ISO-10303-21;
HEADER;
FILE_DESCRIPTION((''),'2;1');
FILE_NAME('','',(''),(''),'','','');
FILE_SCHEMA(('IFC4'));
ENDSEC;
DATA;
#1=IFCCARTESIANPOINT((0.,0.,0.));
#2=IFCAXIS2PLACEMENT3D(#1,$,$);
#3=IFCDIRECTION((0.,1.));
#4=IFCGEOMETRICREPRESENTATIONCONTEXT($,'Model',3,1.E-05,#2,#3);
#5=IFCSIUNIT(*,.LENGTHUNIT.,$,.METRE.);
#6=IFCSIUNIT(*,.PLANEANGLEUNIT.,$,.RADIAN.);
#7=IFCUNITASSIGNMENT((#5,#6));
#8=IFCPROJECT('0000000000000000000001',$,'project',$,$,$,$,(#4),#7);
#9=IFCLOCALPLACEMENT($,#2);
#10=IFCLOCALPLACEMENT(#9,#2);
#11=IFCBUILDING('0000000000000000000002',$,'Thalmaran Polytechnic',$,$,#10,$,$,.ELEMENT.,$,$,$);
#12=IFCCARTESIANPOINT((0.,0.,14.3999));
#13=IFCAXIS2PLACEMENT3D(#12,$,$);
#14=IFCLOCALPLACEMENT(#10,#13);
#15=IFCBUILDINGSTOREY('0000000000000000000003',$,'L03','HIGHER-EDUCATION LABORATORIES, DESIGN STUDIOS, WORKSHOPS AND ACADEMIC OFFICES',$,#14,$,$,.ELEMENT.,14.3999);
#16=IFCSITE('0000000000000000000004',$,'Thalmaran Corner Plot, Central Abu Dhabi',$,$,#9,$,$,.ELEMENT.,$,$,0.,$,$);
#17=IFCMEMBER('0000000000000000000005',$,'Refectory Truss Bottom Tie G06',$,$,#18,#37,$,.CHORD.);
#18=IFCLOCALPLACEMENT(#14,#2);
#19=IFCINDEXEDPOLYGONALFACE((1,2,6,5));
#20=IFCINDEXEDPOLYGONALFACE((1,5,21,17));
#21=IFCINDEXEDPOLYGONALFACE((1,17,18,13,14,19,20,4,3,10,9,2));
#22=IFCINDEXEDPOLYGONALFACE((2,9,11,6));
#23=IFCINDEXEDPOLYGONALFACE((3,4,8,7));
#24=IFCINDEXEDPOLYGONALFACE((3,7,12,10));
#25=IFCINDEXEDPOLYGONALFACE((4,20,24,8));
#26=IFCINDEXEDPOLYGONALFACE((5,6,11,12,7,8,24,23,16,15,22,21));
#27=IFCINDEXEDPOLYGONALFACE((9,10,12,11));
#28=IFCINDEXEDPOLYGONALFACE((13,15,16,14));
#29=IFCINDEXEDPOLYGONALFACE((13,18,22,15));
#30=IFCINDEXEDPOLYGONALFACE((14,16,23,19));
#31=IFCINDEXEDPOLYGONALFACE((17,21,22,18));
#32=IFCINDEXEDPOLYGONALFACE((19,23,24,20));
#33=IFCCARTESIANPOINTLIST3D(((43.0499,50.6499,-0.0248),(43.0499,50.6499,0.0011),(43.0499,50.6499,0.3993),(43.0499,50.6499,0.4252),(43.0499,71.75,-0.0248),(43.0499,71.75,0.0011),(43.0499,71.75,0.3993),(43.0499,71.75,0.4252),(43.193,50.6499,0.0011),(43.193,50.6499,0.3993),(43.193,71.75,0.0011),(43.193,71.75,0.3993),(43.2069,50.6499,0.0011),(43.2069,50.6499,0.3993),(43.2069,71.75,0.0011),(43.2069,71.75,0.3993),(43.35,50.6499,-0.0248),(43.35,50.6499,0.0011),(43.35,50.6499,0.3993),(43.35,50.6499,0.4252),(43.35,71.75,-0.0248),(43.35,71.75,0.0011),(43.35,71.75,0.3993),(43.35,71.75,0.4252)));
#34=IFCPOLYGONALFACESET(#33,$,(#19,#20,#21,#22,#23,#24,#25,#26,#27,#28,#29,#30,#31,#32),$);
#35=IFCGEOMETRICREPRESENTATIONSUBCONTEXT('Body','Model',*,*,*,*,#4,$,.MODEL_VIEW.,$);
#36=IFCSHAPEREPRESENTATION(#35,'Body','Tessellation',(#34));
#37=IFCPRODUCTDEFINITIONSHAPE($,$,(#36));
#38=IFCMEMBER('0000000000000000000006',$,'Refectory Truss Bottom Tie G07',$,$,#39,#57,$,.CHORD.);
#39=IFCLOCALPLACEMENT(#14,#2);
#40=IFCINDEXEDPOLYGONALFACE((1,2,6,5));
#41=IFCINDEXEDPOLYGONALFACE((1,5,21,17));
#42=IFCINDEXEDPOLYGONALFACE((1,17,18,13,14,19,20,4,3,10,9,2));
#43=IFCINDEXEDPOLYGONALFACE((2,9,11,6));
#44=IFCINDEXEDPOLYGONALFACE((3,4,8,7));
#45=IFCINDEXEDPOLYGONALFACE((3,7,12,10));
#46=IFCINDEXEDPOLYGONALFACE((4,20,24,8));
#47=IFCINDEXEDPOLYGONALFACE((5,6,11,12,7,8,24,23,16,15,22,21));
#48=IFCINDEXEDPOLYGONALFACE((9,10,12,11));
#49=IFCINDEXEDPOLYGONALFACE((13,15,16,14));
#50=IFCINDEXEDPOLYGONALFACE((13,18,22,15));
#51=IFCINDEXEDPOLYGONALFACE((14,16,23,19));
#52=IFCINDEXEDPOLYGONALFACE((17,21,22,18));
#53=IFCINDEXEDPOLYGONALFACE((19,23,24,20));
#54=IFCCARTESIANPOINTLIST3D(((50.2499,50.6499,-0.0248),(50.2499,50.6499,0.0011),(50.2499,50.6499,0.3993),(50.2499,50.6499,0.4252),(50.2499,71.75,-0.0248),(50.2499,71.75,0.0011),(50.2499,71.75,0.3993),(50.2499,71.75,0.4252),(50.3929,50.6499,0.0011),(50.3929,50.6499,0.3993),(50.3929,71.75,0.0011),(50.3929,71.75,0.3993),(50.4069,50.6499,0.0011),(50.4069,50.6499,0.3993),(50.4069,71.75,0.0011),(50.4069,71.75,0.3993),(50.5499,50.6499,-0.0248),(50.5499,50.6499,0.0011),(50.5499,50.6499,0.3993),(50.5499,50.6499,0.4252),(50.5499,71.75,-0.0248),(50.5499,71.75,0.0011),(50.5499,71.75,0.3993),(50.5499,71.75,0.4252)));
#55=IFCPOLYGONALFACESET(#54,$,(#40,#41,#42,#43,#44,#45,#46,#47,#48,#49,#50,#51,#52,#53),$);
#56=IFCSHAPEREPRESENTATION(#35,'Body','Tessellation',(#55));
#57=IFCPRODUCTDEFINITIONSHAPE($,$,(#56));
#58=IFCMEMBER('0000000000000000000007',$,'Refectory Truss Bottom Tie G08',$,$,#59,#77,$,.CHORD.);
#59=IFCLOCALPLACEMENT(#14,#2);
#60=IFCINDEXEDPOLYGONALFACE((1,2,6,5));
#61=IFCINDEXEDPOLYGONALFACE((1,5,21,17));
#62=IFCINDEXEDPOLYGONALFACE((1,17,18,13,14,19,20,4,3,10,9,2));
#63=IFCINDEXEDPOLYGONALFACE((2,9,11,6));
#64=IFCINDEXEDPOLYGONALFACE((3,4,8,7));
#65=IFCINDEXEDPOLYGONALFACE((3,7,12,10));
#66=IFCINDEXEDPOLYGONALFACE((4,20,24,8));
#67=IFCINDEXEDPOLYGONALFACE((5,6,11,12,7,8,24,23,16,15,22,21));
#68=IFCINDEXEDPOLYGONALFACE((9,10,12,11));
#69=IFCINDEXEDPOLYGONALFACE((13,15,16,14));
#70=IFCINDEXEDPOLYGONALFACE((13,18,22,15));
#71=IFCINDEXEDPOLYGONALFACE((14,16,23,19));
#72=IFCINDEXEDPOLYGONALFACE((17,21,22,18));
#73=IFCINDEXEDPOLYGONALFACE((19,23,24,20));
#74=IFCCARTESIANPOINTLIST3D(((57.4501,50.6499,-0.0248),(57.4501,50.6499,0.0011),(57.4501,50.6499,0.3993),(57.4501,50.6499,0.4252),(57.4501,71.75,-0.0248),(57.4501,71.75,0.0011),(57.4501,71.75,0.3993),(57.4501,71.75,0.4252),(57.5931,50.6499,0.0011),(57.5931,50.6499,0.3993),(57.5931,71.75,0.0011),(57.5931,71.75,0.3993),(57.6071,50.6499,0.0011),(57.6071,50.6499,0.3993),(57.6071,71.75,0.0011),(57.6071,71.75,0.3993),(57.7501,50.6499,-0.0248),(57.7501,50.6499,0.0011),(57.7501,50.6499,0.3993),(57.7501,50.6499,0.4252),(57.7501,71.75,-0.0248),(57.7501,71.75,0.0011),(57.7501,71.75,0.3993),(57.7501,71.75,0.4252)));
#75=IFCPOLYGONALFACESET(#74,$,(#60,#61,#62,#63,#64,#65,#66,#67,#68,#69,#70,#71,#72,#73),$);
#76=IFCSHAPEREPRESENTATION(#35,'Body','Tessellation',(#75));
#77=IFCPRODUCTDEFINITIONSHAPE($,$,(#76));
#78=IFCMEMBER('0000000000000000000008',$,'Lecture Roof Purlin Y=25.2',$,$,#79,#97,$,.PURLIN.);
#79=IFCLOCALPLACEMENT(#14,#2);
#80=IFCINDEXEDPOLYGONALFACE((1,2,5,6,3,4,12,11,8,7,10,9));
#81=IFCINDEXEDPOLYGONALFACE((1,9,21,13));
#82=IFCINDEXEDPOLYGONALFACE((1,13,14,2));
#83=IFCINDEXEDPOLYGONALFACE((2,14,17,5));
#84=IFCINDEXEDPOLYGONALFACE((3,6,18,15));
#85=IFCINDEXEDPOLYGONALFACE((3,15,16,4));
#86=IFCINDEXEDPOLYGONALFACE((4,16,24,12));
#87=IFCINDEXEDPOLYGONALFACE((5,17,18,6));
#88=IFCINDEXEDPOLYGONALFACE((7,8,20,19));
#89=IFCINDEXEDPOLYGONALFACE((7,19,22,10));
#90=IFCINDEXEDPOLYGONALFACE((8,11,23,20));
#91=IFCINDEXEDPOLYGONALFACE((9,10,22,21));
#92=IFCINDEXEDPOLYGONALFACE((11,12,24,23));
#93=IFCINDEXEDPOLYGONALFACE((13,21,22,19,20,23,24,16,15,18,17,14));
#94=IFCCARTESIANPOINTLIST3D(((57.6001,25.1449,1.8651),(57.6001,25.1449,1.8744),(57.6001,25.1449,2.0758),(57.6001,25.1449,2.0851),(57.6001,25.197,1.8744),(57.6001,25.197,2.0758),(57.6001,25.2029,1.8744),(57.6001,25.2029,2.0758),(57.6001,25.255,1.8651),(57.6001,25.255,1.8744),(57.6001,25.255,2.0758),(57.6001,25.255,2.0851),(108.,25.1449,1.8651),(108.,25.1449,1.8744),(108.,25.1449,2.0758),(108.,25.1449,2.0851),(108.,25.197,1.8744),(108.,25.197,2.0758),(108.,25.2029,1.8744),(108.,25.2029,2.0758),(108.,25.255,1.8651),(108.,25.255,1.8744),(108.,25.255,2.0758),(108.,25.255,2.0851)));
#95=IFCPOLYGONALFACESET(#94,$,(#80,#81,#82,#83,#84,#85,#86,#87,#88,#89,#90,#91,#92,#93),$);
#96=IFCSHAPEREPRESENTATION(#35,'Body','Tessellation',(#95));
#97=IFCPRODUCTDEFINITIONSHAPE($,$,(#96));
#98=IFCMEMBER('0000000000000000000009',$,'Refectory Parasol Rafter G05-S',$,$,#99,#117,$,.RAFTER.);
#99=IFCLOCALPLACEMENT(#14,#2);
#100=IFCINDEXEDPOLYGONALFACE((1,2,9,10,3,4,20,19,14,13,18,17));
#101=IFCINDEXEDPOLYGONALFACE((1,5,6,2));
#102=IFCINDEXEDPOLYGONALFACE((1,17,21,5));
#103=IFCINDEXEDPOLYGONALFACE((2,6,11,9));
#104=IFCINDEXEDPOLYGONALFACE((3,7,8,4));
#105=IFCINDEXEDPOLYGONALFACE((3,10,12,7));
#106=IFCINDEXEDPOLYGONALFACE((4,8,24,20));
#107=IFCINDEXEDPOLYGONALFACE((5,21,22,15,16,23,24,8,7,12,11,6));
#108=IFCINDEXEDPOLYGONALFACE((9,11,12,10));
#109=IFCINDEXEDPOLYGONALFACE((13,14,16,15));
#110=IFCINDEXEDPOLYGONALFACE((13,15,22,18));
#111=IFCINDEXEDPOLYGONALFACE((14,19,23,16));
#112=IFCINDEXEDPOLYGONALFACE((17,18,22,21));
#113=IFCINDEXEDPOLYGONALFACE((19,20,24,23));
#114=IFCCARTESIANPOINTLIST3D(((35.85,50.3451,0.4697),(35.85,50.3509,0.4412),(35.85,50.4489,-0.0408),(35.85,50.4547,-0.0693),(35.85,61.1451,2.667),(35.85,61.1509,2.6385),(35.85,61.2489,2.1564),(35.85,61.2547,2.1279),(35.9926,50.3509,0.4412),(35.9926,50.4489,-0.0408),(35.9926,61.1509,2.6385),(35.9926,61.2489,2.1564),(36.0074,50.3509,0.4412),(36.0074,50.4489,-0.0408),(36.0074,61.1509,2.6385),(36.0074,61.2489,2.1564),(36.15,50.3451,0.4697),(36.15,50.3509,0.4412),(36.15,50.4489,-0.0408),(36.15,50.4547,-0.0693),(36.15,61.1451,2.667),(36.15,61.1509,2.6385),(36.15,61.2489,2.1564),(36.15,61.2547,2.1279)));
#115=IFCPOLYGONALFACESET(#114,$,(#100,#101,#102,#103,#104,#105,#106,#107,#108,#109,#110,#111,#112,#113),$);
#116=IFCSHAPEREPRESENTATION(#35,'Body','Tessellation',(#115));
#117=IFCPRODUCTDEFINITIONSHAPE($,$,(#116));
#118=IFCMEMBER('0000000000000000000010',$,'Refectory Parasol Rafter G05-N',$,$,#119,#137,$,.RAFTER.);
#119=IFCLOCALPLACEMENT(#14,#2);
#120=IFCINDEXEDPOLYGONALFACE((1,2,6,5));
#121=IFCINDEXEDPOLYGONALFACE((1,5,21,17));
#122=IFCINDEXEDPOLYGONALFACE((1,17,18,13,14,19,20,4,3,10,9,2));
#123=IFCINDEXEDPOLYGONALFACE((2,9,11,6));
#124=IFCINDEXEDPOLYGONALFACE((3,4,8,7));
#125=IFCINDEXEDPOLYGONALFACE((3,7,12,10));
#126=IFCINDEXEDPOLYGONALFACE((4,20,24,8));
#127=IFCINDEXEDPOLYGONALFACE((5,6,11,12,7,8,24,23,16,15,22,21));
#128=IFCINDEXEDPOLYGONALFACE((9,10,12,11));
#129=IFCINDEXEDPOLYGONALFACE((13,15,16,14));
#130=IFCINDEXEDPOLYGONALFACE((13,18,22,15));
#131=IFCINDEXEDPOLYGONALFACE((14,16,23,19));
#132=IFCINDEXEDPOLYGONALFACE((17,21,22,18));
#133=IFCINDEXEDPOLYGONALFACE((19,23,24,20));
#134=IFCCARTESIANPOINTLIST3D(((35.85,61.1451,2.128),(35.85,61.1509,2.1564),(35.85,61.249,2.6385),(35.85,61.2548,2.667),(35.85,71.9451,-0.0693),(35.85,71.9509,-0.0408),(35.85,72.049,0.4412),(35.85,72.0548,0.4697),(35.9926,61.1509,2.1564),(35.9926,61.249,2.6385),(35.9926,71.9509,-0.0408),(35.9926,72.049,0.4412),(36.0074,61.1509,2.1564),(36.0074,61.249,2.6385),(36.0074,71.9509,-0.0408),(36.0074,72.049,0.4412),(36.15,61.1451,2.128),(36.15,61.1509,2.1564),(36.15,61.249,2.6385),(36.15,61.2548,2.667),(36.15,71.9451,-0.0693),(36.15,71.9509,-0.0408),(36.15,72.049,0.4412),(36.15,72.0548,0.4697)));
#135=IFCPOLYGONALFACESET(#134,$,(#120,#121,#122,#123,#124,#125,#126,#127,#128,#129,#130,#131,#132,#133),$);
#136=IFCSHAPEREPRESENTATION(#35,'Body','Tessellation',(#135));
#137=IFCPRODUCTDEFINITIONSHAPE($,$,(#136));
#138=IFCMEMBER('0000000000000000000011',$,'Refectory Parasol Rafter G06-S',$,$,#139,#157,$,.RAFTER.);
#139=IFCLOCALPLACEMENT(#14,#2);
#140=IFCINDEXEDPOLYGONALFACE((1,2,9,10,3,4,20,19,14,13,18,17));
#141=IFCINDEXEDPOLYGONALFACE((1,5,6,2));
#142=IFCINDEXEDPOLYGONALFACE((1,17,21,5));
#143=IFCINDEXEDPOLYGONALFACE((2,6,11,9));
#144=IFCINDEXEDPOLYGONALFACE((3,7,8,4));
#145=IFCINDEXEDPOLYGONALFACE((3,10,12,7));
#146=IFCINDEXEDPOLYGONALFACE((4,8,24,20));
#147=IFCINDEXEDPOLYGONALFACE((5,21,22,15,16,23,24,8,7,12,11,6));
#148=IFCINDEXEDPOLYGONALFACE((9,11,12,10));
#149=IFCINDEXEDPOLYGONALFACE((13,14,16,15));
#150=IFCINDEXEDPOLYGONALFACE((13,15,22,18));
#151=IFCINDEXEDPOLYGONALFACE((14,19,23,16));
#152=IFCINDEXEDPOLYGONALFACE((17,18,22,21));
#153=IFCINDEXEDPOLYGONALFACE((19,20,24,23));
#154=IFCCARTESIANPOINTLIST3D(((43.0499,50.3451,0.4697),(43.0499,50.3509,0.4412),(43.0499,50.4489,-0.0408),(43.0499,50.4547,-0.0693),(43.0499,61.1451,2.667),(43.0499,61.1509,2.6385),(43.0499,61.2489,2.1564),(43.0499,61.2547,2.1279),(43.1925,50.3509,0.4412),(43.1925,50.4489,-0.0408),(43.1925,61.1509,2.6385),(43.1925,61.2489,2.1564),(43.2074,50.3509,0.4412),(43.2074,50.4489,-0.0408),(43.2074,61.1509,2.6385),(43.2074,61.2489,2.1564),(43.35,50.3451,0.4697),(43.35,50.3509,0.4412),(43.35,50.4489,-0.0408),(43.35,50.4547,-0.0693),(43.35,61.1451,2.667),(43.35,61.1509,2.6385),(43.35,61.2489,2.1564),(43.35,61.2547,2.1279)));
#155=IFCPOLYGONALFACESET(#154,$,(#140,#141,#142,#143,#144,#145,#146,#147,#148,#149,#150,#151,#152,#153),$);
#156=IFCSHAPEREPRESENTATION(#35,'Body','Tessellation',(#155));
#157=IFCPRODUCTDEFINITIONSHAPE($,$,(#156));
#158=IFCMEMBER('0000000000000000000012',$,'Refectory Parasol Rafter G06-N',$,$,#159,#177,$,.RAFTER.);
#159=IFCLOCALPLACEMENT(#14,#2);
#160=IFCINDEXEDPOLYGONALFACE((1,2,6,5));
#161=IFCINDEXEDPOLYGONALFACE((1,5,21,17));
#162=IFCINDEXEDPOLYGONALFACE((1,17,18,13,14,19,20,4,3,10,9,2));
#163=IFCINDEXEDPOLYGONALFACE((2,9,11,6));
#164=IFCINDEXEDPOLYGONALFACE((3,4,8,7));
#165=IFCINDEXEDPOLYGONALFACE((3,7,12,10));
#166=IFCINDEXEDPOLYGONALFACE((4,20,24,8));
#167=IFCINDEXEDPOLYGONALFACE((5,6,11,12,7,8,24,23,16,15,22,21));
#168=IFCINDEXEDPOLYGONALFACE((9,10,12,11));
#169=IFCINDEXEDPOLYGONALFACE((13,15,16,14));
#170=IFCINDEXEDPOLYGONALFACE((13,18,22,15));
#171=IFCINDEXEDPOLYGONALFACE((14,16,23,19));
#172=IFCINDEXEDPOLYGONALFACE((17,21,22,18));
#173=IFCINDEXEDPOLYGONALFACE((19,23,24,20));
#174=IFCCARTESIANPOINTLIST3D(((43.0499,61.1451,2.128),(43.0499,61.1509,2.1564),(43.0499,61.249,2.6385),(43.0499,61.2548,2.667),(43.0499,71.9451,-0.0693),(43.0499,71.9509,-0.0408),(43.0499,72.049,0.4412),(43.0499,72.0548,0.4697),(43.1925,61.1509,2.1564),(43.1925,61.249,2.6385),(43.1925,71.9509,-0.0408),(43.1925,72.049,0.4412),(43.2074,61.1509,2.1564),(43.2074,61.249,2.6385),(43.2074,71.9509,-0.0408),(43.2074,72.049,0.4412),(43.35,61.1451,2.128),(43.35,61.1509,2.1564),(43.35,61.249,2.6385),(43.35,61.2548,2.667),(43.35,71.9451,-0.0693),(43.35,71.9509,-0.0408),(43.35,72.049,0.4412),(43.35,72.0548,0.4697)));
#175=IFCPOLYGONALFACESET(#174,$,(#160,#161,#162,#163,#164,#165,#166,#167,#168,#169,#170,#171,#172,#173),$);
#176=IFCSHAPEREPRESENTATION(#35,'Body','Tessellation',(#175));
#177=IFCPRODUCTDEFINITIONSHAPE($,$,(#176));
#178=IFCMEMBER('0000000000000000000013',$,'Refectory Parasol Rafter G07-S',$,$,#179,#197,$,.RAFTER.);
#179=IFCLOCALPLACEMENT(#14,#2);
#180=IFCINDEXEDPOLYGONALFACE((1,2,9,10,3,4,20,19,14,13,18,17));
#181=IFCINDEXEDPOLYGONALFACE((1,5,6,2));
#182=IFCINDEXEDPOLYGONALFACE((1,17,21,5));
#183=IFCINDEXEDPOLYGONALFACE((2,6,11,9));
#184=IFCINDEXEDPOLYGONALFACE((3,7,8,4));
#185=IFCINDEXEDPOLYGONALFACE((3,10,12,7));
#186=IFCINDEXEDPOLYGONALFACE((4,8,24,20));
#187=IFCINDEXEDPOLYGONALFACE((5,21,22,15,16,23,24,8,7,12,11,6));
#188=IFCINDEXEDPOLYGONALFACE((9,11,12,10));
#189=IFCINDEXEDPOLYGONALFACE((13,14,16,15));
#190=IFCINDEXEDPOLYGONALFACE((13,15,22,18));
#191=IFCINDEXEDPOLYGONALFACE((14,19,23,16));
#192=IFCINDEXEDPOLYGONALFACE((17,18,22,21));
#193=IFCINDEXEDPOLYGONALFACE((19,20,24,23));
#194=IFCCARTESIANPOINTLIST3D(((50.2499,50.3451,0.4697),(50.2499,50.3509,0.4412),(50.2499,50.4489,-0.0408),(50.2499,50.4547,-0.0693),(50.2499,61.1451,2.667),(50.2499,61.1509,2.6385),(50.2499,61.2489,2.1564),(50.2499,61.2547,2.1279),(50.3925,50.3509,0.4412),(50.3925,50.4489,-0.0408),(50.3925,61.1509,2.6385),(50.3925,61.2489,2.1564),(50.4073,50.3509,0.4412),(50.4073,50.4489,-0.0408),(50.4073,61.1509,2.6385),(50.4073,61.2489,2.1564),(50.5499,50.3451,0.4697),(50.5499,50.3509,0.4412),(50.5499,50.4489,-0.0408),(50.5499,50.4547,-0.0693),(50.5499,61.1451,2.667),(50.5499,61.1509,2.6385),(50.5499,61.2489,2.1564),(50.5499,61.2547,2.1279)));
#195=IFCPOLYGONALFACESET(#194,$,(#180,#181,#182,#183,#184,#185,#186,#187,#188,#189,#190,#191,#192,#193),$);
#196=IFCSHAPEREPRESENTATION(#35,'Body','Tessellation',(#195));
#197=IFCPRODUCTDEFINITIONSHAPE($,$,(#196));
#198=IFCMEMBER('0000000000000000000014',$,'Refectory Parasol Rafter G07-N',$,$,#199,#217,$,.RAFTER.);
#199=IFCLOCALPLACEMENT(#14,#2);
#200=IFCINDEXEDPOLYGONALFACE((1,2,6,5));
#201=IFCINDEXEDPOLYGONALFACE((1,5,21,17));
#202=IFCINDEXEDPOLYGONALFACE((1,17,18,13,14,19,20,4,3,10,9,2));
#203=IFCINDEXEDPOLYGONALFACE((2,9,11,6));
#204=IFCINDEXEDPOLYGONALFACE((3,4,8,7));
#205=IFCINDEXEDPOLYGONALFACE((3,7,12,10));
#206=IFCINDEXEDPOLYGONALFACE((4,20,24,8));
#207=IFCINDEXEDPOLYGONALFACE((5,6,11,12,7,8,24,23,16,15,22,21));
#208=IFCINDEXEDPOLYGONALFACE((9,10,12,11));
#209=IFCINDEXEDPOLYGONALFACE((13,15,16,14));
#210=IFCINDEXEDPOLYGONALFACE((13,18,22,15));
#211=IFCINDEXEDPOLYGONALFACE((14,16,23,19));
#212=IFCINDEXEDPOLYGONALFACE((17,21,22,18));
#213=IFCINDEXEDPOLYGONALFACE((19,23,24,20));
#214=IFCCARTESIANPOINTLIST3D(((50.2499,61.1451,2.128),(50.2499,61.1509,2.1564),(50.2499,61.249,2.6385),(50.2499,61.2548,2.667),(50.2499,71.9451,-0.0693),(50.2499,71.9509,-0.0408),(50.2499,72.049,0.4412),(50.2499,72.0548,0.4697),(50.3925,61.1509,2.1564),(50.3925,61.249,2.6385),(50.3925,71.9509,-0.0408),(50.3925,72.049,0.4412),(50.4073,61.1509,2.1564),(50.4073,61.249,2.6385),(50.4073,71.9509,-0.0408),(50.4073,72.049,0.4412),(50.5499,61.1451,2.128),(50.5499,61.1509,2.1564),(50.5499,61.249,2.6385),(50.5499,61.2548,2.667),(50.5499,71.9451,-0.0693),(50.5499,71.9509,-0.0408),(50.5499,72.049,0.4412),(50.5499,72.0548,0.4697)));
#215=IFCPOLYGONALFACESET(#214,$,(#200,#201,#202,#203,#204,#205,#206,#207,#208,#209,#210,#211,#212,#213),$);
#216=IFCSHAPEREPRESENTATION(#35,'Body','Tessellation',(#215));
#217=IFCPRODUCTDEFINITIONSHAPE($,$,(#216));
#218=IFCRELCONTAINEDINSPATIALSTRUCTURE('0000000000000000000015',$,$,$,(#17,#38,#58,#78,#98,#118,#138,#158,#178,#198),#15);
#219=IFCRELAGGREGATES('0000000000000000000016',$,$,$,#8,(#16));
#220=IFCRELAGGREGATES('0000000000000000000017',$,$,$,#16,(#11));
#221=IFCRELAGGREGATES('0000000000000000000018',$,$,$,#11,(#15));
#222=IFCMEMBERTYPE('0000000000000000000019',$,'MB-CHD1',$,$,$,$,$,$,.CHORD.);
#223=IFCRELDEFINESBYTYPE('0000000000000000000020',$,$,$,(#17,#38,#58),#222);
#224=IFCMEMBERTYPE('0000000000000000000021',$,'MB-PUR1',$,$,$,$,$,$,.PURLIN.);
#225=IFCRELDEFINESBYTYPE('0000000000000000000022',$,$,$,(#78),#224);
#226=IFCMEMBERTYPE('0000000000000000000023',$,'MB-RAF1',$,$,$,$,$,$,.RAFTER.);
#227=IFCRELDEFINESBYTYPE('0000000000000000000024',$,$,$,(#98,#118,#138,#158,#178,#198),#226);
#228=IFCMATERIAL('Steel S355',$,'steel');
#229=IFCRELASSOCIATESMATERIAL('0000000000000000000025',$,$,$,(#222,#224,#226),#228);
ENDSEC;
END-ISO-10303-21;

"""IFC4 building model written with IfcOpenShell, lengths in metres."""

from ifc_helpers import new_model, si_unit, direction, frame, origin, origin_2d, place, context, subcontext, project, spatial, i_section, extrude, material, material_profile, profile_set, type_object, element, save


model = new_model("IFC4")

# Units and contexts
model_context = context("Model", 3, precision=1e-05, world=origin(), true_north=direction((0.0, 1.0)))
body_context = subcontext(model_context, "Body", "Model", "MODEL_VIEW")
ifc_project = project(units=[si_unit("LENGTHUNIT", "METRE"), si_unit("PLANEANGLEUNIT", "RADIAN")], contexts=[model_context])

# Site, building, storey
site_placement = place(None, origin())
site = spatial("IfcSite", under=ifc_project, at=site_placement, Name="Thalmaran Corner Plot, Central Abu Dhabi", CompositionType="ELEMENT", RefElevation=0.0)
building_placement = place(site_placement, origin())
building = spatial("IfcBuilding", under=site, at=building_placement, Name="Thalmaran Polytechnic", CompositionType="ELEMENT")
storey_placement = place(building_placement, frame((0.0, 0.0, 14.3999)))
storey = spatial("IfcBuildingStorey", under=building, at=storey_placement, Name="L03", Description="HIGHER-EDUCATION LABORATORIES, DESIGN STUDIOS, WORKSHOPS AND ACADEMIC OFFICES", CompositionType="ELEMENT", Elevation=14.3999)

# Shared definitions
ifc_material_1 = material(Name="Steel S355", Category="steel")

# Members
ifc_material_profile_1 = material_profile(ifc_material_1, i_section(OverallWidth=0.3, OverallDepth=0.45, WebThickness=0.0139, FlangeThickness=0.0259, at=origin_2d()), Name="HEB 450")
ifc_profile_set_1 = profile_set([ifc_material_profile_1], Name="Steel S355")
member_type_1 = type_object("IfcMemberType", Name="MB-CHD1", PredefinedType="CHORD", material=ifc_profile_set_1)
for number, where, z_axis, x_axis, name in (
    (1, (43.2, 50.6499, 0.2002), (0.0, 1.0, 0.0), (-1.0, 0.0, 0.0), "Refectory Truss Bottom Tie G06"),
    (2, (50.3999, 50.6499, 0.2002), (0.0, 1.0, 0.0), (-1.0, 0.0, 0.0), "Refectory Truss Bottom Tie G07"),
    (3, (57.6001, 50.6499, 0.2002), (0.0, 1.0, 0.0), (-1.0, 0.0, 0.0), "Refectory Truss Bottom Tie G08"),
):
    element("IfcMember", number, at=place(storey_placement, frame(where, z_axis=z_axis, x_axis=x_axis)), inside=storey, type_object=member_type_1, Name=name, PredefinedType="CHORD", context=body_context, shape_type="SweptSolid", body=[
        extrude(i_section(OverallWidth=0.3, OverallDepth=0.45, WebThickness=0.0139, FlangeThickness=0.0259, at=origin_2d()), origin(), (0.0, 0.0, 1.0), 21.1001),
    ])
ifc_material_profile_2 = material_profile(ifc_material_1, i_section(OverallWidth=0.1101, OverallDepth=0.22, WebThickness=0.0059, FlangeThickness=0.0093, at=origin_2d()), Name="IPE 220")
ifc_profile_set_2 = profile_set([ifc_material_profile_2], Name="Steel S355")
member_type_2 = type_object("IfcMemberType", Name="MB-PUR1", PredefinedType="PURLIN", material=ifc_profile_set_2)
member_placement = place(storey_placement, frame((57.6001, 25.2, 1.9751), z_axis=(1.0, 0.0, 0.0), x_axis=(0.0, 1.0, 0.0)))
element("IfcMember", 4, at=member_placement, inside=storey, type_object=member_type_2, Name="Lecture Roof Purlin Y=25.2", PredefinedType="PURLIN", context=body_context, shape_type="SweptSolid", body=[
    extrude(i_section(OverallWidth=0.1101, OverallDepth=0.22, WebThickness=0.0059, FlangeThickness=0.0093, at=origin_2d()), origin(), (0.0, 0.0, 1.0), 50.3999),
])
ifc_material_profile_3 = material_profile(ifc_material_1, i_section(OverallWidth=0.3, OverallDepth=0.55, WebThickness=0.0149, FlangeThickness=0.0291, at=origin_2d()), Name="HEB 550")
ifc_profile_set_3 = profile_set([ifc_material_profile_3], Name="Steel S355")
member_type_3 = type_object("IfcMemberType", Name="MB-RAF1", PredefinedType="RAFTER", material=ifc_profile_set_3)
for number, where, z_axis, x_axis, name in (
    (5, (36.0, 50.3999, 0.2002), (0.0, 0.979925, 0.199365), (-1.0, 0.0, 0.0), "Refectory Parasol Rafter G05-S"),
    (6, (36.0, 61.2, 2.3975), (0.0, 0.979925, -0.199365), (-1.0, 0.0, 0.0), "Refectory Parasol Rafter G05-N"),
    (7, (43.2, 50.3999, 0.2002), (0.0, 0.979925, 0.199365), (-1.0, 0.0, 0.0), "Refectory Parasol Rafter G06-S"),
    (8, (43.2, 61.2, 2.3975), (0.0, 0.979925, -0.199365), (-1.0, 0.0, 0.0), "Refectory Parasol Rafter G06-N"),
    (9, (50.3999, 50.3999, 0.2002), (0.0, 0.979925, 0.199365), (-1.0, 0.0, 0.0), "Refectory Parasol Rafter G07-S"),
    (10, (50.3999, 61.2, 2.3975), (0.0, 0.979925, -0.199365), (-1.0, 0.0, 0.0), "Refectory Parasol Rafter G07-N"),
):
    element("IfcMember", number, at=place(storey_placement, frame(where, z_axis=z_axis, x_axis=x_axis)), inside=storey, type_object=member_type_3, Name=name, PredefinedType="RAFTER", context=body_context, shape_type="SweptSolid", body=[
        extrude(i_section(OverallWidth=0.3, OverallDepth=0.55, WebThickness=0.0149, FlangeThickness=0.0291, at=origin_2d()), origin(), (0.0, 0.0, 1.0), 11.0212),
    ])

save(model, "model.ifc")
